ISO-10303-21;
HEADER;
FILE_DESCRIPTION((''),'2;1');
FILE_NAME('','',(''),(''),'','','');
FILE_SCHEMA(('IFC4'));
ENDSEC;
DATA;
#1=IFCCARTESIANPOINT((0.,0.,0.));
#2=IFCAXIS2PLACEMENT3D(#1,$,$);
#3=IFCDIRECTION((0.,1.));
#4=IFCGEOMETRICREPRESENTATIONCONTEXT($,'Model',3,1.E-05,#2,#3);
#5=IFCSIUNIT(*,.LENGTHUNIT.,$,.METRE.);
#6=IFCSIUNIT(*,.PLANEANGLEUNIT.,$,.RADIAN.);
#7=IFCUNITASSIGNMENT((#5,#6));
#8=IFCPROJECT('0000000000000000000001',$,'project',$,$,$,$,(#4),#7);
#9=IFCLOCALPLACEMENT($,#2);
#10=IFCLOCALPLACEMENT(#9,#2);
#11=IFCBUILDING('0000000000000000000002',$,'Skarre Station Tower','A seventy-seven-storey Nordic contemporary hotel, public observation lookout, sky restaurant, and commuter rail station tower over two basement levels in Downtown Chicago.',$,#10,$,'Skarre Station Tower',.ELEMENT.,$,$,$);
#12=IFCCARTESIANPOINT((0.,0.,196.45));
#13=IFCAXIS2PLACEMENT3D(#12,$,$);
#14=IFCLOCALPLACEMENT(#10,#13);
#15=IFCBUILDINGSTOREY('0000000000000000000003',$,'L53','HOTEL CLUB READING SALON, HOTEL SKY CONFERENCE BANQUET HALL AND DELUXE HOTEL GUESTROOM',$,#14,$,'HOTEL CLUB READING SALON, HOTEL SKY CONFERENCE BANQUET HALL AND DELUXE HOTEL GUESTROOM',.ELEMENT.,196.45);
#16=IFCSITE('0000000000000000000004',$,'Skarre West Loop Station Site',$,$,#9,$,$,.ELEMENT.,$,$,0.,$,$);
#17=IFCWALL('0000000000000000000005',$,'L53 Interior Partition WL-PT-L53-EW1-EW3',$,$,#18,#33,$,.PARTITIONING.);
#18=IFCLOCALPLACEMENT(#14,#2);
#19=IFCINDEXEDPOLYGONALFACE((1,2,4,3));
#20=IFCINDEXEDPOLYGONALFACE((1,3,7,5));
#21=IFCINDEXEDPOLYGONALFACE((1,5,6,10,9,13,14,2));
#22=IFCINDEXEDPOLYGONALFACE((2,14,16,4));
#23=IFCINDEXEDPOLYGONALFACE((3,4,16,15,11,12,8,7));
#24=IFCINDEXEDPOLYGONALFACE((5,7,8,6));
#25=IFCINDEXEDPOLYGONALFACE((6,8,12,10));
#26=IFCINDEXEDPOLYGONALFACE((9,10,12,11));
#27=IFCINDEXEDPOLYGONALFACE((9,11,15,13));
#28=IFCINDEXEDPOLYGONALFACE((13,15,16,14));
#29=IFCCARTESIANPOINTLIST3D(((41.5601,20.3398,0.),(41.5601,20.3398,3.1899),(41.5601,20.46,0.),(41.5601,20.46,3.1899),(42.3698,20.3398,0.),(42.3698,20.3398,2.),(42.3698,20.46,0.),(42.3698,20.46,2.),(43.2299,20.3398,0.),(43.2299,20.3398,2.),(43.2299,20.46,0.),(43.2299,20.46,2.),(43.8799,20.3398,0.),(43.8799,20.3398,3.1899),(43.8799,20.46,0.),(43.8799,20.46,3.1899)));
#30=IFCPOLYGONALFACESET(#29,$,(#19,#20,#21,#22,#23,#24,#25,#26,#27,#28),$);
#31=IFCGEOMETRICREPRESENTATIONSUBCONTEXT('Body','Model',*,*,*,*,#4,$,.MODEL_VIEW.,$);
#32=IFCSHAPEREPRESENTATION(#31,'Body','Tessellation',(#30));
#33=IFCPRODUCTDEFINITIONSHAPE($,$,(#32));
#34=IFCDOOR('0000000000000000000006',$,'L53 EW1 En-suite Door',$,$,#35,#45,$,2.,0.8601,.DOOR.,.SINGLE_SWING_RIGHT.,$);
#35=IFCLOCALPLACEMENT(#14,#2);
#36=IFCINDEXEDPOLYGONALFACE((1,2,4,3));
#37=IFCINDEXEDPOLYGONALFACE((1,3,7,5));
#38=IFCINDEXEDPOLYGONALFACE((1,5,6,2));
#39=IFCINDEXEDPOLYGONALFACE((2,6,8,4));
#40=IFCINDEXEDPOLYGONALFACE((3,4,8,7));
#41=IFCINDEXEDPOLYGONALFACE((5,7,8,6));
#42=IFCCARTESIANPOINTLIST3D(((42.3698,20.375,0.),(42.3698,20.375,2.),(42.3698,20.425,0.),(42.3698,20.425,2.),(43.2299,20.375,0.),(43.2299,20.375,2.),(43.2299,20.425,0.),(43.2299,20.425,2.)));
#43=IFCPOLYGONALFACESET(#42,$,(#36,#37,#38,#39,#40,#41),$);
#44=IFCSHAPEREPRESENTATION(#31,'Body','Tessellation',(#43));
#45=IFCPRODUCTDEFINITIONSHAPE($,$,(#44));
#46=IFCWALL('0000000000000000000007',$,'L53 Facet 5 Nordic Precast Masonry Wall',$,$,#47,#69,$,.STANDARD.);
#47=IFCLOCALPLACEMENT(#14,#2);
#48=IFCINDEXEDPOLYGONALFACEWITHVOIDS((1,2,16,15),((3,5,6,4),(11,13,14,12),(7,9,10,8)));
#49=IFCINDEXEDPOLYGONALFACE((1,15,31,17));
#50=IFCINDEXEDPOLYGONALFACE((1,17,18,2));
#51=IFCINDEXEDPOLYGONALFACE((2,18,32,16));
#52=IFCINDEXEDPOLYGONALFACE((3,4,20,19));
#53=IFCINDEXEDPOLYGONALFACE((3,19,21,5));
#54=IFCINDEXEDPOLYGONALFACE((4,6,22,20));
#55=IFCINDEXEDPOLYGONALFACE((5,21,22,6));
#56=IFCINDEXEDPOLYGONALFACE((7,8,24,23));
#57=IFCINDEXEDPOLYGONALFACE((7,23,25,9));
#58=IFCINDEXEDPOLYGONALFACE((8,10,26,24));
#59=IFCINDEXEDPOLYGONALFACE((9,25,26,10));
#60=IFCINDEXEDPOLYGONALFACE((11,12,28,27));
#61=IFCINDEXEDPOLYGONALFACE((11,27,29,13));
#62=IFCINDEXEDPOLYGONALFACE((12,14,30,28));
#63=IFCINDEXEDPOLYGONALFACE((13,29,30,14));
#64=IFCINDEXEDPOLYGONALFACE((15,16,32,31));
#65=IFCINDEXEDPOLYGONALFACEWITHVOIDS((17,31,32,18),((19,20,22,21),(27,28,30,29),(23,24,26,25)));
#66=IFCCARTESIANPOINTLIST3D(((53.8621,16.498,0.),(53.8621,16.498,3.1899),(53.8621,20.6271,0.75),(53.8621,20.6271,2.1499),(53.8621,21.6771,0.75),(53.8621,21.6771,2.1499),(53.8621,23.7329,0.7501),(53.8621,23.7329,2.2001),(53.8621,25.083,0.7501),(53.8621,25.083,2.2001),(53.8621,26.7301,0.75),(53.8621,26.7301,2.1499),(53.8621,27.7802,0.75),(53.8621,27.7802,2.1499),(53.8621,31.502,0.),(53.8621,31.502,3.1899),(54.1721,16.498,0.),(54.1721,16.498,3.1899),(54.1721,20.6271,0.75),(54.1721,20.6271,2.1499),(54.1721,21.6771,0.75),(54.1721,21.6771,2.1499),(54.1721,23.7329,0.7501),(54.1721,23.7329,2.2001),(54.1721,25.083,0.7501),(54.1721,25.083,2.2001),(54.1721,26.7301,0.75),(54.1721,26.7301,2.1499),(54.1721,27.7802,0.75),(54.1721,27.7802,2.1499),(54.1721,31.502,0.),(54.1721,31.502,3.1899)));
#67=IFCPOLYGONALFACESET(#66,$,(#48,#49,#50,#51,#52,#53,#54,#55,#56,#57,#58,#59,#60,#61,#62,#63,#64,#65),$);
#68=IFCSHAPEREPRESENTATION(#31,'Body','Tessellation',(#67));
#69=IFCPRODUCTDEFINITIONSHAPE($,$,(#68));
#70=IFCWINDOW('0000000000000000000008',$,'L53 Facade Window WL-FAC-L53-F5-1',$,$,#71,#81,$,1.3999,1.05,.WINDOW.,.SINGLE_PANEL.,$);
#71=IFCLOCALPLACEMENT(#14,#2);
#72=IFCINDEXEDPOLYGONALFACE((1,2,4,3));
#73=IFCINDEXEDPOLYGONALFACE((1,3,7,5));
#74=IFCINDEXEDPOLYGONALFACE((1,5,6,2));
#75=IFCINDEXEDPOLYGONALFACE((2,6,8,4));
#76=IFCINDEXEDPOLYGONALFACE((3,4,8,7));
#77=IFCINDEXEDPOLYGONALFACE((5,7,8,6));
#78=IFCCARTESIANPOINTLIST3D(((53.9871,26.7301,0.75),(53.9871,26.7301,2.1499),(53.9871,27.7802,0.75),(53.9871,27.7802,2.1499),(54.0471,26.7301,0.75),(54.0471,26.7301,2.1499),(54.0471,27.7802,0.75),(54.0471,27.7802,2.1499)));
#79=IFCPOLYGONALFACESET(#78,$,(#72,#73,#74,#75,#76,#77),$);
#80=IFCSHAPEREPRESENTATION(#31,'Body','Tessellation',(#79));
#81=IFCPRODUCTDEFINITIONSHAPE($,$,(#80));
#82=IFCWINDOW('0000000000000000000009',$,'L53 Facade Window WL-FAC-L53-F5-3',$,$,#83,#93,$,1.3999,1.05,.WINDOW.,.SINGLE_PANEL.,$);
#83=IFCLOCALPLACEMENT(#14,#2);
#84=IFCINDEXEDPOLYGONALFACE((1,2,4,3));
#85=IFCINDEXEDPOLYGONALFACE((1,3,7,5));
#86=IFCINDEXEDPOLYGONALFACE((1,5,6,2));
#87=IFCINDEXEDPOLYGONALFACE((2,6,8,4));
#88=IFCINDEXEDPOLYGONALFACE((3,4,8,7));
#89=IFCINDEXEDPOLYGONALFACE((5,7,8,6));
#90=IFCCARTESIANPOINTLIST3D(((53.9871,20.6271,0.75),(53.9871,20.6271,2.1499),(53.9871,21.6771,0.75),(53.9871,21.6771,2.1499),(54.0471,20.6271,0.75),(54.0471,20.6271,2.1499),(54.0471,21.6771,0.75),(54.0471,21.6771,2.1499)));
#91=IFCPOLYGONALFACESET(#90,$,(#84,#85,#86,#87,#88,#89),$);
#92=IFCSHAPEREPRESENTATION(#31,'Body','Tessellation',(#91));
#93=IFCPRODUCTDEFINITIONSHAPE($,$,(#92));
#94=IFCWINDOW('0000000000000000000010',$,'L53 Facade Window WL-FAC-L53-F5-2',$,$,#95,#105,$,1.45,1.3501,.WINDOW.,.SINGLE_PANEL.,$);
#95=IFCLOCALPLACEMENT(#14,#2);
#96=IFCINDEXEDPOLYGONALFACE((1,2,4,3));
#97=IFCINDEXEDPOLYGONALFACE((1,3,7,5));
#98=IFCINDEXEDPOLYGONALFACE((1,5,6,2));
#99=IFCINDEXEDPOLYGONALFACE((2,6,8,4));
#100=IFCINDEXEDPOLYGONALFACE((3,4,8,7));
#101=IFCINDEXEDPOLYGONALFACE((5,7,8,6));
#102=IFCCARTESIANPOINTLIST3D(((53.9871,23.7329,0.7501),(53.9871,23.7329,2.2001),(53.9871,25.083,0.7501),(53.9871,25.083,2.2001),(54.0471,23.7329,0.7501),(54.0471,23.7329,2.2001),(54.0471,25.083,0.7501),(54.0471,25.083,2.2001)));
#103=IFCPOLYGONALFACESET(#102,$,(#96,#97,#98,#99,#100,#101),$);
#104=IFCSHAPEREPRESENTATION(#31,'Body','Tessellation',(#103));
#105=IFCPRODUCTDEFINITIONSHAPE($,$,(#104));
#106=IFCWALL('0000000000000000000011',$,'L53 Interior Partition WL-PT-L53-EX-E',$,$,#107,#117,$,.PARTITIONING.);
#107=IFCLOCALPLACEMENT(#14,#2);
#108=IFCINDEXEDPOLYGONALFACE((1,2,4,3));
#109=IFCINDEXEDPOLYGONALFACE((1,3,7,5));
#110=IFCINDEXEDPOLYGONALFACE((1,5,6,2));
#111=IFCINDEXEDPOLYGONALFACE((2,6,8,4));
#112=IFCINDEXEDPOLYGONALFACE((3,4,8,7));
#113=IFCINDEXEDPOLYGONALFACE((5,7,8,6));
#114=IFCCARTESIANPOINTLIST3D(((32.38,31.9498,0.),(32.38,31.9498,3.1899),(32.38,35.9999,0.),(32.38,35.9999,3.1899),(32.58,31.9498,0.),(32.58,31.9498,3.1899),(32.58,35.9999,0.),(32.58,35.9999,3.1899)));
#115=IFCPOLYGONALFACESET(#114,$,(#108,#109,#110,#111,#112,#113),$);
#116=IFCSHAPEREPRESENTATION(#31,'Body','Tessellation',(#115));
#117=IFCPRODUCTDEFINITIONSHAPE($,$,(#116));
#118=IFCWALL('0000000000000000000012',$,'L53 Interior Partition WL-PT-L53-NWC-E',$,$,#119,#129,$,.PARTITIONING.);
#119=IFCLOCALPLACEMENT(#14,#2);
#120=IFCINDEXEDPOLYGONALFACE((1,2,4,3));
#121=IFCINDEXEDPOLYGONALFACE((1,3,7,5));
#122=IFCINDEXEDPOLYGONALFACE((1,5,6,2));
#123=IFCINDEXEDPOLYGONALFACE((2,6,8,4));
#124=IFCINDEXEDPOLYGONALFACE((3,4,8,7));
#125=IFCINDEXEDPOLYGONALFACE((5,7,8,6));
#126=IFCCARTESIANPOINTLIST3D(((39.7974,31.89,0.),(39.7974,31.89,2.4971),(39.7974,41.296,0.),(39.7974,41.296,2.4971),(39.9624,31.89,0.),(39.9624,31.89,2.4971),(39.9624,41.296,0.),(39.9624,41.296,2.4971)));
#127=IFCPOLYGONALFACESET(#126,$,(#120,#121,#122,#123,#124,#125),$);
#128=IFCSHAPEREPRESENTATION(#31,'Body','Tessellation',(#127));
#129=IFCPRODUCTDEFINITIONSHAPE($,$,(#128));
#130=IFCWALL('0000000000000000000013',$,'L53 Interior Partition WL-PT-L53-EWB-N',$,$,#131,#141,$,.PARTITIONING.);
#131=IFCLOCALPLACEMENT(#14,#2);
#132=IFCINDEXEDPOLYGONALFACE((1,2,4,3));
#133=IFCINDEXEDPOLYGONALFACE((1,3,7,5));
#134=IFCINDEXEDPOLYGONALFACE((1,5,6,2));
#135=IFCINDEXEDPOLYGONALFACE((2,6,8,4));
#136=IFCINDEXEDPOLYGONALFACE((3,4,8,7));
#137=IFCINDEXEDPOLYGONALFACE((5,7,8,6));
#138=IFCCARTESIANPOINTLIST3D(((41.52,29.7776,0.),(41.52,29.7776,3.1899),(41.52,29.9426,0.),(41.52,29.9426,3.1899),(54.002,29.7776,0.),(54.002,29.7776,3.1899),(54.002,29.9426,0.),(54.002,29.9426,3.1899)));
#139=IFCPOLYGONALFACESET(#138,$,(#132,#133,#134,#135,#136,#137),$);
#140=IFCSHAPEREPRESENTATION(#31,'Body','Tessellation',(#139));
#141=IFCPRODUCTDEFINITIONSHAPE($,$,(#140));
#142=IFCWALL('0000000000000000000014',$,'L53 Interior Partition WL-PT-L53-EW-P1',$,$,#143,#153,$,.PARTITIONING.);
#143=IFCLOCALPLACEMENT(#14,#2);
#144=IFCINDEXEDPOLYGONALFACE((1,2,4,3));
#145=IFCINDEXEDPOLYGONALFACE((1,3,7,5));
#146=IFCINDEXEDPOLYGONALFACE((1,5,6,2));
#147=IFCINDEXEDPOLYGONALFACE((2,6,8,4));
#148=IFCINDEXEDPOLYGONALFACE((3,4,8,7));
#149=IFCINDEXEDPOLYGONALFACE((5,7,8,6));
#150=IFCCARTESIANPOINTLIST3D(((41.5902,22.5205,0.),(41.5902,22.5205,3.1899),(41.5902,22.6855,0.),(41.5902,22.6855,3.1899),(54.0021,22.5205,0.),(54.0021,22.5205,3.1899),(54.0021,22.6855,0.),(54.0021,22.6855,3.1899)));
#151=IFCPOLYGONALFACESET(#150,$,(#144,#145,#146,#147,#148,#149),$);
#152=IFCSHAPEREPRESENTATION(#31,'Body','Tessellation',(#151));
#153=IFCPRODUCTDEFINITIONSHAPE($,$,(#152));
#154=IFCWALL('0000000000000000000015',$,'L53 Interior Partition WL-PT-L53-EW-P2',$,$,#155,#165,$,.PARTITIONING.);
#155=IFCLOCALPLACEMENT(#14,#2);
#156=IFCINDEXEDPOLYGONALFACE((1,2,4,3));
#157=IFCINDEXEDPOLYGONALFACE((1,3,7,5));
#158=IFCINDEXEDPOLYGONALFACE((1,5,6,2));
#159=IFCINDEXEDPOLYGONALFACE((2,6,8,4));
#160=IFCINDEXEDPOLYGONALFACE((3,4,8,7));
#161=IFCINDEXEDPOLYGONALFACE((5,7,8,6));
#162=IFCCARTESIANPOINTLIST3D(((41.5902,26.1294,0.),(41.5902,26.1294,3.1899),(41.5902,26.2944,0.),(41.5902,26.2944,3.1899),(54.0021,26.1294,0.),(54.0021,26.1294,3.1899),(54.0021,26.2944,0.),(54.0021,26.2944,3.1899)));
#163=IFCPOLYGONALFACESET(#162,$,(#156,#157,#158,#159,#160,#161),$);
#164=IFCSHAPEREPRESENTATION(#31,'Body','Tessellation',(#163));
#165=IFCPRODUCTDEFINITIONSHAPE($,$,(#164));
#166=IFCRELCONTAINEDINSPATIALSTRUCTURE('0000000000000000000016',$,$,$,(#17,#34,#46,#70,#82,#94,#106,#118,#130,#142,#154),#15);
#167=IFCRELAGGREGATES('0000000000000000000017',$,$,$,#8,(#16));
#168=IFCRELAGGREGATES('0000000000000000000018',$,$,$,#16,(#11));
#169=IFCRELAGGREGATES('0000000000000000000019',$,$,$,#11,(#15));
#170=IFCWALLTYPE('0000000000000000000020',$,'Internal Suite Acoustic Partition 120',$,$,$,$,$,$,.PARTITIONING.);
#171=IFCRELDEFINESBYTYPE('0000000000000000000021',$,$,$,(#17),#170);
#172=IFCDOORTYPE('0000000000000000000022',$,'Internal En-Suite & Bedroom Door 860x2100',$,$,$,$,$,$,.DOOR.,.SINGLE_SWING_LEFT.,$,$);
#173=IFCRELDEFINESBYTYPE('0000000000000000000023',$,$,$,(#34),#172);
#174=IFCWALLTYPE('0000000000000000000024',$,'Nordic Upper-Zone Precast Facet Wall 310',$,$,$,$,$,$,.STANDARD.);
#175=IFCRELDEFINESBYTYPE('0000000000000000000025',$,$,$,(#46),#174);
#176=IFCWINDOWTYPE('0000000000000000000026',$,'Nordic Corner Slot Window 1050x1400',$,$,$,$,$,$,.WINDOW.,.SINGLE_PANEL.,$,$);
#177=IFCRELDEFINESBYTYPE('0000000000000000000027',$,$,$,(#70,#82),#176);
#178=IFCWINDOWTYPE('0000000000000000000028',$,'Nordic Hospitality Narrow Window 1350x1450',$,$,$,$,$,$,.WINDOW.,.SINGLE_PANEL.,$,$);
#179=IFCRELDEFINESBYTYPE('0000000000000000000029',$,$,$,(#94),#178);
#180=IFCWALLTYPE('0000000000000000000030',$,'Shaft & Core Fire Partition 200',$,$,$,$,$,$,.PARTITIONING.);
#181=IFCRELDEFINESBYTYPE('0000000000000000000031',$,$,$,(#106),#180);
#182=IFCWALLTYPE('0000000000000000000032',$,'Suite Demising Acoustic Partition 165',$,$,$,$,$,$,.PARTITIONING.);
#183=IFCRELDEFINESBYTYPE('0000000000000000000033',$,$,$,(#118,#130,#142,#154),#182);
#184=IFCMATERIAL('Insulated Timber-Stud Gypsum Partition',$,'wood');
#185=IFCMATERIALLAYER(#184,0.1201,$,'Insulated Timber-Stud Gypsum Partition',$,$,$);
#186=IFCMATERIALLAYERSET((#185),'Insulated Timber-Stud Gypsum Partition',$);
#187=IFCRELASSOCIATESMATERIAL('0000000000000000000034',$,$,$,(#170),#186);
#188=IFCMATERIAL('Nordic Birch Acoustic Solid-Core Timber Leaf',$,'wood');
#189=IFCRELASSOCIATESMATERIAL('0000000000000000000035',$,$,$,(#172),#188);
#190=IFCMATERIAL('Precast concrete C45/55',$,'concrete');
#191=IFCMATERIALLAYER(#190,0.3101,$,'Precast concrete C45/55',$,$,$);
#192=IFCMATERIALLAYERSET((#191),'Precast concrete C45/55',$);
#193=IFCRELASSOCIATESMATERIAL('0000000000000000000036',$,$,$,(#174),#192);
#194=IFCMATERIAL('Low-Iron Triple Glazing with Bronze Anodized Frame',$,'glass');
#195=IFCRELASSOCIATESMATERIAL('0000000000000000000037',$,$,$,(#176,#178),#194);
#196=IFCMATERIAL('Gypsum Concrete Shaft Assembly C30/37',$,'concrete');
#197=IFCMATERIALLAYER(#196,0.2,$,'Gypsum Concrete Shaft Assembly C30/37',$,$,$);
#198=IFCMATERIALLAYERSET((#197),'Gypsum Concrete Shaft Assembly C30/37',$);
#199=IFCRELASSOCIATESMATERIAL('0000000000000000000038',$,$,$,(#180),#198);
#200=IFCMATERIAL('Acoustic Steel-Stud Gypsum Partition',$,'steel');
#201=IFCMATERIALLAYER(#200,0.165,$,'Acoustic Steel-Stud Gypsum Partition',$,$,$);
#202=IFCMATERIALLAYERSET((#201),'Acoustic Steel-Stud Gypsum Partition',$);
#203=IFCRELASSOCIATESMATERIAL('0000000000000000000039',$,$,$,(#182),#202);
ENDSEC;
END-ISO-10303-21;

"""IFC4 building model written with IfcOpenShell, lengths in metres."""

from ifc_helpers import new_model, si_unit, direction, frame, frame_2d, origin, place, context, subcontext, project, spatial, rectangle, extrude, material, layer, layer_set, type_object, element, fill, save


model = new_model("IFC4")

# Units and contexts
model_context = context("Model", 3, precision=1e-05, world=origin(), true_north=direction((0.0, 1.0)))
body_context = subcontext(model_context, "Body", "Model", "MODEL_VIEW")
ifc_project = project(units=[si_unit("LENGTHUNIT", "METRE"), si_unit("PLANEANGLEUNIT", "RADIAN")], contexts=[model_context])

# Site, building, storey
site_placement = place(None, origin())
site = spatial("IfcSite", under=ifc_project, at=site_placement, Name="Skarre West Loop Station Site", CompositionType="ELEMENT", RefElevation=0.0)
building_placement = place(site_placement, origin())
building = spatial("IfcBuilding", under=site, at=building_placement, Name="Skarre Station Tower", Description="A seventy-seven-storey Nordic contemporary hotel, public observation lookout, sky restaurant, and commuter rail station tower over two basement levels in Downtown Chicago.", LongName="Skarre Station Tower", CompositionType="ELEMENT")
storey_placement = place(building_placement, frame((0.0, 0.0, 196.45)))
storey = spatial("IfcBuildingStorey", under=building, at=storey_placement, Name="L53", Description="HOTEL CLUB READING SALON, HOTEL SKY CONFERENCE BANQUET HALL AND DELUXE HOTEL GUESTROOM", LongName="HOTEL CLUB READING SALON, HOTEL SKY CONFERENCE BANQUET HALL AND DELUXE HOTEL GUESTROOM", CompositionType="ELEMENT", Elevation=196.45)

# Shared definitions
ifc_material_1 = material(Name="Acoustic Steel-Stud Gypsum Partition", Category="steel")

# Wall, opening, door
ifc_material_2 = material(Name="Insulated Timber-Stud Gypsum Partition", Category="wood")
ifc_layer_1 = layer(ifc_material_2, 0.1201, Name="Insulated Timber-Stud Gypsum Partition")
ifc_layer_set_1 = layer_set([ifc_layer_1], Name="Insulated Timber-Stud Gypsum Partition")
wall_type_1 = type_object("IfcWallType", Name="Internal Suite Acoustic Partition 120", PredefinedType="PARTITIONING", material=ifc_layer_set_1)
wall_1_placement = place(storey_placement, frame((43.8799, 20.3999, 0.0), z_axis=(0.0, 0.0, 1.0), x_axis=(-1.0, 0.0, 0.0)))
wall_1 = element("IfcWall", 1, at=wall_1_placement, inside=storey, type_object=wall_type_1, Name="L53 Interior Partition WL-PT-L53-EW1-EW3", PredefinedType="PARTITIONING", context=body_context, shape_type="SweptSolid", body=[
    extrude(rectangle(XDim=2.3198, YDim=0.1201, at=frame_2d((1.1599, 0.0))), origin(), (0.0, 0.0, 1.0), 3.1899),
])
opening_1_placement = place(wall_1_placement, frame((0.6499, 0.0, 0.0)))
opening_1 = element("IfcOpeningElement", 2, at=opening_1_placement, cuts=wall_1, PredefinedType="OPENING", context=body_context, shape_type="SweptSolid", body=[
    extrude(rectangle(XDim=0.8601, YDim=2.0, at=frame_2d((0.4302, 1.0))), frame((0.0, 0.0701, 0.0), z_axis=(0.0, -1.0, 0.0), x_axis=(1.0, 0.0, 0.0)), (0.0, 0.0, 1.0), 0.1401),
])
ifc_material_3 = material(Name="Nordic Birch Acoustic Solid-Core Timber Leaf", Category="wood")
door_type_1 = type_object("IfcDoorType", Name="Internal En-Suite & Bedroom Door 860x2100", OperationType="SINGLE_SWING_LEFT", PredefinedType="DOOR", material=ifc_material_3)
door_1_placement = place(opening_1_placement, origin())
door_1 = element("IfcDoor", 3, at=door_1_placement, inside=storey, type_object=door_type_1, Name="L53 EW1 En-suite Door", OperationType="SINGLE_SWING_RIGHT", OverallHeight=2.0, OverallWidth=0.8601, PredefinedType="DOOR", context=body_context, shape_type="SweptSolid", body=[
    extrude(rectangle(XDim=0.8601, YDim=2.0, at=frame_2d((0.4302, 1.0))), frame((0.0, 0.0249, 0.0), z_axis=(0.0, -1.0, 0.0), x_axis=(1.0, 0.0, 0.0)), (0.0, 0.0, 1.0), 0.05),
])
fill(opening_1, door_1)

# Wall, openings, windows
ifc_material_4 = material(Name="Precast concrete C45/55", Category="concrete")
ifc_layer_2 = layer(ifc_material_4, 0.3101, Name="Precast concrete C45/55")
ifc_layer_set_2 = layer_set([ifc_layer_2], Name="Precast concrete C45/55")
wall_type_2 = type_object("IfcWallType", Name="Nordic Upper-Zone Precast Facet Wall 310", PredefinedType="STANDARD", material=ifc_layer_set_2)
wall_2_placement = place(storey_placement, frame((54.0171, 31.502, 0.0), z_axis=(0.0, 0.0, 1.0), x_axis=(0.0, -1.0, 0.0)))
wall_2 = element("IfcWall", 4, at=wall_2_placement, inside=storey, type_object=wall_type_2, Name="L53 Facet 5 Nordic Precast Masonry Wall", PredefinedType="STANDARD", context=body_context, shape_type="SweptSolid", body=[
    extrude(rectangle(XDim=15.0039, YDim=0.3101, at=frame_2d((7.502, 0.0))), origin(), (0.0, 0.0, 1.0), 3.1899),
])
opening_2_placement = place(wall_2_placement, frame((3.7219, 0.0, 0.75)))
opening_2 = element("IfcOpeningElement", 5, at=opening_2_placement, cuts=wall_2, PredefinedType="OPENING", context=body_context, shape_type="SweptSolid", body=[
    extrude(rectangle(XDim=1.05, YDim=1.3999, at=frame_2d((0.5249, 0.7))), frame((0.0, 0.165, 0.0), z_axis=(0.0, -1.0, 0.0), x_axis=(1.0, 0.0, 0.0)), (0.0, 0.0, 1.0), 0.3301),
])
opening_3_placement = place(wall_2_placement, frame((6.4189, 0.0, 0.75)))
opening_3 = element("IfcOpeningElement", 6, at=opening_3_placement, cuts=wall_2, PredefinedType="OPENING", context=body_context, shape_type="SweptSolid", body=[
    extrude(rectangle(XDim=1.3501, YDim=1.45, at=frame_2d((0.675, 0.7251))), frame((0.0, 0.165, 0.0), z_axis=(0.0, -1.0, 0.0), x_axis=(1.0, 0.0, 0.0)), (0.0, 0.0, 1.0), 0.3301),
])
opening_4_placement = place(wall_2_placement, frame((9.825, 0.0, 0.75)))
opening_4 = element("IfcOpeningElement", 7, at=opening_4_placement, cuts=wall_2, PredefinedType="OPENING", context=body_context, shape_type="SweptSolid", body=[
    extrude(rectangle(XDim=1.05, YDim=1.3999, at=frame_2d((0.5249, 0.7))), frame((0.0, 0.165, 0.0), z_axis=(0.0, -1.0, 0.0), x_axis=(1.0, 0.0, 0.0)), (0.0, 0.0, 1.0), 0.3301),
])
ifc_material_5 = material(Name="Low-Iron Triple Glazing with Bronze Anodized Frame", Category="glass")
window_type_1 = type_object("IfcWindowType", Name="Nordic Corner Slot Window 1050x1400", PartitioningType="SINGLE_PANEL", PredefinedType="WINDOW", material=ifc_material_5)
window_1_placement = place(opening_2_placement, origin())
window_1 = element("IfcWindow", 8, at=window_1_placement, inside=storey, type_object=window_type_1, Name="L53 Facade Window WL-FAC-L53-F5-1", OverallHeight=1.3999, OverallWidth=1.05, PartitioningType="SINGLE_PANEL", PredefinedType="WINDOW", context=body_context, shape_type="SweptSolid", body=[
    extrude(rectangle(XDim=1.05, YDim=1.3999, at=frame_2d((0.5249, 0.7))), frame((0.0, 0.03, 0.0), z_axis=(0.0, -1.0, 0.0), x_axis=(1.0, 0.0, 0.0)), (0.0, 0.0, 1.0), 0.0601),
])
fill(opening_2, window_1)
window_2_placement = place(opening_4_placement, origin())
window_2 = element("IfcWindow", 9, at=window_2_placement, inside=storey, type_object=window_type_1, Name="L53 Facade Window WL-FAC-L53-F5-3", OverallHeight=1.3999, OverallWidth=1.05, PartitioningType="SINGLE_PANEL", PredefinedType="WINDOW", context=body_context, shape_type="SweptSolid", body=[
    extrude(rectangle(XDim=1.05, YDim=1.3999, at=frame_2d((0.5249, 0.7))), frame((0.0, 0.03, 0.0), z_axis=(0.0, -1.0, 0.0), x_axis=(1.0, 0.0, 0.0)), (0.0, 0.0, 1.0), 0.0601),
])
fill(opening_4, window_2)
window_type_2 = type_object("IfcWindowType", Name="Nordic Hospitality Narrow Window 1350x1450", PartitioningType="SINGLE_PANEL", PredefinedType="WINDOW", material=ifc_material_5)
window_3_placement = place(opening_3_placement, origin())
window_3 = element("IfcWindow", 10, at=window_3_placement, inside=storey, type_object=window_type_2, Name="L53 Facade Window WL-FAC-L53-F5-2", OverallHeight=1.45, OverallWidth=1.3501, PartitioningType="SINGLE_PANEL", PredefinedType="WINDOW", context=body_context, shape_type="SweptSolid", body=[
    extrude(rectangle(XDim=1.3501, YDim=1.45, at=frame_2d((0.675, 0.7251))), frame((0.0, 0.03, 0.0), z_axis=(0.0, -1.0, 0.0), x_axis=(1.0, 0.0, 0.0)), (0.0, 0.0, 1.0), 0.0601),
])
fill(opening_3, window_3)

# Walls
ifc_material_6 = material(Name="Gypsum Concrete Shaft Assembly C30/37", Category="concrete")
ifc_layer_3 = layer(ifc_material_6, 0.2, Name="Gypsum Concrete Shaft Assembly C30/37")
ifc_layer_set_3 = layer_set([ifc_layer_3], Name="Gypsum Concrete Shaft Assembly C30/37")
wall_type_3 = type_object("IfcWallType", Name="Shaft & Core Fire Partition 200", PredefinedType="PARTITIONING", material=ifc_layer_set_3)
wall_3_placement = place(storey_placement, frame((32.48, 31.95, 0.0), z_axis=(0.0, 0.0, 1.0), x_axis=(0.0, 1.0, 0.0)))
element("IfcWall", 11, at=wall_3_placement, inside=storey, type_object=wall_type_3, Name="L53 Interior Partition WL-PT-L53-EX-E", PredefinedType="PARTITIONING", context=body_context, shape_type="SweptSolid", body=[
    extrude(rectangle(XDim=4.05, YDim=0.2, at=frame_2d((2.0249, 0.0))), origin(), (0.0, 0.0, 1.0), 3.1899),
])
ifc_layer_4 = layer(ifc_material_1, 0.165, Name="Acoustic Steel-Stud Gypsum Partition")
ifc_layer_set_4 = layer_set([ifc_layer_4], Name="Acoustic Steel-Stud Gypsum Partition")
wall_type_4 = type_object("IfcWallType", Name="Suite Demising Acoustic Partition 165", PredefinedType="PARTITIONING", material=ifc_layer_set_4)
wall_4_placement = place(storey_placement, frame((39.8799, 31.8899, 0.0), z_axis=(0.0, 0.0, 1.0), x_axis=(0.0, 1.0, 0.0)))
element("IfcWall", 12, at=wall_4_placement, inside=storey, type_object=wall_type_4, Name="L53 Interior Partition WL-PT-L53-NWC-E", PredefinedType="PARTITIONING", context=body_context, shape_type="SweptSolid", body=[
    extrude(rectangle(XDim=9.406, YDim=0.165, at=frame_2d((4.7031, 0.0))), origin(), (0.0, 0.0, 1.0), 2.4971),
])
wall_5_placement = place(storey_placement, frame((41.52, 29.8601, 0.0), z_axis=(0.0, 0.0, 1.0), x_axis=(1.0, 0.0, 0.0)))
element("IfcWall", 13, at=wall_5_placement, inside=storey, type_object=wall_type_4, Name="L53 Interior Partition WL-PT-L53-EWB-N", PredefinedType="PARTITIONING", context=body_context, shape_type="SweptSolid", body=[
    extrude(rectangle(XDim=12.4819, YDim=0.165, at=frame_2d((6.241, 0.0))), origin(), (0.0, 0.0, 1.0), 3.1899),
])
for number, where, z_axis, x_axis, name in (
    (14, (41.5901, 22.603, 0.0), (0.0, 0.0, 1.0), (1.0, 0.0, 0.0), "L53 Interior Partition WL-PT-L53-EW-P1"),
    (15, (41.5901, 26.2119, 0.0), (0.0, 0.0, 1.0), (1.0, 0.0, 0.0), "L53 Interior Partition WL-PT-L53-EW-P2"),
):
    element("IfcWall", number, at=place(storey_placement, frame(where, z_axis=z_axis, x_axis=x_axis)), inside=storey, type_object=wall_type_4, Name=name, PredefinedType="PARTITIONING", context=body_context, shape_type="SweptSolid", body=[
        extrude(rectangle(XDim=12.4119, YDim=0.165, at=frame_2d((6.2061, 0.0))), origin(), (0.0, 0.0, 1.0), 3.1899),
    ])

save(model, "model.ifc")
